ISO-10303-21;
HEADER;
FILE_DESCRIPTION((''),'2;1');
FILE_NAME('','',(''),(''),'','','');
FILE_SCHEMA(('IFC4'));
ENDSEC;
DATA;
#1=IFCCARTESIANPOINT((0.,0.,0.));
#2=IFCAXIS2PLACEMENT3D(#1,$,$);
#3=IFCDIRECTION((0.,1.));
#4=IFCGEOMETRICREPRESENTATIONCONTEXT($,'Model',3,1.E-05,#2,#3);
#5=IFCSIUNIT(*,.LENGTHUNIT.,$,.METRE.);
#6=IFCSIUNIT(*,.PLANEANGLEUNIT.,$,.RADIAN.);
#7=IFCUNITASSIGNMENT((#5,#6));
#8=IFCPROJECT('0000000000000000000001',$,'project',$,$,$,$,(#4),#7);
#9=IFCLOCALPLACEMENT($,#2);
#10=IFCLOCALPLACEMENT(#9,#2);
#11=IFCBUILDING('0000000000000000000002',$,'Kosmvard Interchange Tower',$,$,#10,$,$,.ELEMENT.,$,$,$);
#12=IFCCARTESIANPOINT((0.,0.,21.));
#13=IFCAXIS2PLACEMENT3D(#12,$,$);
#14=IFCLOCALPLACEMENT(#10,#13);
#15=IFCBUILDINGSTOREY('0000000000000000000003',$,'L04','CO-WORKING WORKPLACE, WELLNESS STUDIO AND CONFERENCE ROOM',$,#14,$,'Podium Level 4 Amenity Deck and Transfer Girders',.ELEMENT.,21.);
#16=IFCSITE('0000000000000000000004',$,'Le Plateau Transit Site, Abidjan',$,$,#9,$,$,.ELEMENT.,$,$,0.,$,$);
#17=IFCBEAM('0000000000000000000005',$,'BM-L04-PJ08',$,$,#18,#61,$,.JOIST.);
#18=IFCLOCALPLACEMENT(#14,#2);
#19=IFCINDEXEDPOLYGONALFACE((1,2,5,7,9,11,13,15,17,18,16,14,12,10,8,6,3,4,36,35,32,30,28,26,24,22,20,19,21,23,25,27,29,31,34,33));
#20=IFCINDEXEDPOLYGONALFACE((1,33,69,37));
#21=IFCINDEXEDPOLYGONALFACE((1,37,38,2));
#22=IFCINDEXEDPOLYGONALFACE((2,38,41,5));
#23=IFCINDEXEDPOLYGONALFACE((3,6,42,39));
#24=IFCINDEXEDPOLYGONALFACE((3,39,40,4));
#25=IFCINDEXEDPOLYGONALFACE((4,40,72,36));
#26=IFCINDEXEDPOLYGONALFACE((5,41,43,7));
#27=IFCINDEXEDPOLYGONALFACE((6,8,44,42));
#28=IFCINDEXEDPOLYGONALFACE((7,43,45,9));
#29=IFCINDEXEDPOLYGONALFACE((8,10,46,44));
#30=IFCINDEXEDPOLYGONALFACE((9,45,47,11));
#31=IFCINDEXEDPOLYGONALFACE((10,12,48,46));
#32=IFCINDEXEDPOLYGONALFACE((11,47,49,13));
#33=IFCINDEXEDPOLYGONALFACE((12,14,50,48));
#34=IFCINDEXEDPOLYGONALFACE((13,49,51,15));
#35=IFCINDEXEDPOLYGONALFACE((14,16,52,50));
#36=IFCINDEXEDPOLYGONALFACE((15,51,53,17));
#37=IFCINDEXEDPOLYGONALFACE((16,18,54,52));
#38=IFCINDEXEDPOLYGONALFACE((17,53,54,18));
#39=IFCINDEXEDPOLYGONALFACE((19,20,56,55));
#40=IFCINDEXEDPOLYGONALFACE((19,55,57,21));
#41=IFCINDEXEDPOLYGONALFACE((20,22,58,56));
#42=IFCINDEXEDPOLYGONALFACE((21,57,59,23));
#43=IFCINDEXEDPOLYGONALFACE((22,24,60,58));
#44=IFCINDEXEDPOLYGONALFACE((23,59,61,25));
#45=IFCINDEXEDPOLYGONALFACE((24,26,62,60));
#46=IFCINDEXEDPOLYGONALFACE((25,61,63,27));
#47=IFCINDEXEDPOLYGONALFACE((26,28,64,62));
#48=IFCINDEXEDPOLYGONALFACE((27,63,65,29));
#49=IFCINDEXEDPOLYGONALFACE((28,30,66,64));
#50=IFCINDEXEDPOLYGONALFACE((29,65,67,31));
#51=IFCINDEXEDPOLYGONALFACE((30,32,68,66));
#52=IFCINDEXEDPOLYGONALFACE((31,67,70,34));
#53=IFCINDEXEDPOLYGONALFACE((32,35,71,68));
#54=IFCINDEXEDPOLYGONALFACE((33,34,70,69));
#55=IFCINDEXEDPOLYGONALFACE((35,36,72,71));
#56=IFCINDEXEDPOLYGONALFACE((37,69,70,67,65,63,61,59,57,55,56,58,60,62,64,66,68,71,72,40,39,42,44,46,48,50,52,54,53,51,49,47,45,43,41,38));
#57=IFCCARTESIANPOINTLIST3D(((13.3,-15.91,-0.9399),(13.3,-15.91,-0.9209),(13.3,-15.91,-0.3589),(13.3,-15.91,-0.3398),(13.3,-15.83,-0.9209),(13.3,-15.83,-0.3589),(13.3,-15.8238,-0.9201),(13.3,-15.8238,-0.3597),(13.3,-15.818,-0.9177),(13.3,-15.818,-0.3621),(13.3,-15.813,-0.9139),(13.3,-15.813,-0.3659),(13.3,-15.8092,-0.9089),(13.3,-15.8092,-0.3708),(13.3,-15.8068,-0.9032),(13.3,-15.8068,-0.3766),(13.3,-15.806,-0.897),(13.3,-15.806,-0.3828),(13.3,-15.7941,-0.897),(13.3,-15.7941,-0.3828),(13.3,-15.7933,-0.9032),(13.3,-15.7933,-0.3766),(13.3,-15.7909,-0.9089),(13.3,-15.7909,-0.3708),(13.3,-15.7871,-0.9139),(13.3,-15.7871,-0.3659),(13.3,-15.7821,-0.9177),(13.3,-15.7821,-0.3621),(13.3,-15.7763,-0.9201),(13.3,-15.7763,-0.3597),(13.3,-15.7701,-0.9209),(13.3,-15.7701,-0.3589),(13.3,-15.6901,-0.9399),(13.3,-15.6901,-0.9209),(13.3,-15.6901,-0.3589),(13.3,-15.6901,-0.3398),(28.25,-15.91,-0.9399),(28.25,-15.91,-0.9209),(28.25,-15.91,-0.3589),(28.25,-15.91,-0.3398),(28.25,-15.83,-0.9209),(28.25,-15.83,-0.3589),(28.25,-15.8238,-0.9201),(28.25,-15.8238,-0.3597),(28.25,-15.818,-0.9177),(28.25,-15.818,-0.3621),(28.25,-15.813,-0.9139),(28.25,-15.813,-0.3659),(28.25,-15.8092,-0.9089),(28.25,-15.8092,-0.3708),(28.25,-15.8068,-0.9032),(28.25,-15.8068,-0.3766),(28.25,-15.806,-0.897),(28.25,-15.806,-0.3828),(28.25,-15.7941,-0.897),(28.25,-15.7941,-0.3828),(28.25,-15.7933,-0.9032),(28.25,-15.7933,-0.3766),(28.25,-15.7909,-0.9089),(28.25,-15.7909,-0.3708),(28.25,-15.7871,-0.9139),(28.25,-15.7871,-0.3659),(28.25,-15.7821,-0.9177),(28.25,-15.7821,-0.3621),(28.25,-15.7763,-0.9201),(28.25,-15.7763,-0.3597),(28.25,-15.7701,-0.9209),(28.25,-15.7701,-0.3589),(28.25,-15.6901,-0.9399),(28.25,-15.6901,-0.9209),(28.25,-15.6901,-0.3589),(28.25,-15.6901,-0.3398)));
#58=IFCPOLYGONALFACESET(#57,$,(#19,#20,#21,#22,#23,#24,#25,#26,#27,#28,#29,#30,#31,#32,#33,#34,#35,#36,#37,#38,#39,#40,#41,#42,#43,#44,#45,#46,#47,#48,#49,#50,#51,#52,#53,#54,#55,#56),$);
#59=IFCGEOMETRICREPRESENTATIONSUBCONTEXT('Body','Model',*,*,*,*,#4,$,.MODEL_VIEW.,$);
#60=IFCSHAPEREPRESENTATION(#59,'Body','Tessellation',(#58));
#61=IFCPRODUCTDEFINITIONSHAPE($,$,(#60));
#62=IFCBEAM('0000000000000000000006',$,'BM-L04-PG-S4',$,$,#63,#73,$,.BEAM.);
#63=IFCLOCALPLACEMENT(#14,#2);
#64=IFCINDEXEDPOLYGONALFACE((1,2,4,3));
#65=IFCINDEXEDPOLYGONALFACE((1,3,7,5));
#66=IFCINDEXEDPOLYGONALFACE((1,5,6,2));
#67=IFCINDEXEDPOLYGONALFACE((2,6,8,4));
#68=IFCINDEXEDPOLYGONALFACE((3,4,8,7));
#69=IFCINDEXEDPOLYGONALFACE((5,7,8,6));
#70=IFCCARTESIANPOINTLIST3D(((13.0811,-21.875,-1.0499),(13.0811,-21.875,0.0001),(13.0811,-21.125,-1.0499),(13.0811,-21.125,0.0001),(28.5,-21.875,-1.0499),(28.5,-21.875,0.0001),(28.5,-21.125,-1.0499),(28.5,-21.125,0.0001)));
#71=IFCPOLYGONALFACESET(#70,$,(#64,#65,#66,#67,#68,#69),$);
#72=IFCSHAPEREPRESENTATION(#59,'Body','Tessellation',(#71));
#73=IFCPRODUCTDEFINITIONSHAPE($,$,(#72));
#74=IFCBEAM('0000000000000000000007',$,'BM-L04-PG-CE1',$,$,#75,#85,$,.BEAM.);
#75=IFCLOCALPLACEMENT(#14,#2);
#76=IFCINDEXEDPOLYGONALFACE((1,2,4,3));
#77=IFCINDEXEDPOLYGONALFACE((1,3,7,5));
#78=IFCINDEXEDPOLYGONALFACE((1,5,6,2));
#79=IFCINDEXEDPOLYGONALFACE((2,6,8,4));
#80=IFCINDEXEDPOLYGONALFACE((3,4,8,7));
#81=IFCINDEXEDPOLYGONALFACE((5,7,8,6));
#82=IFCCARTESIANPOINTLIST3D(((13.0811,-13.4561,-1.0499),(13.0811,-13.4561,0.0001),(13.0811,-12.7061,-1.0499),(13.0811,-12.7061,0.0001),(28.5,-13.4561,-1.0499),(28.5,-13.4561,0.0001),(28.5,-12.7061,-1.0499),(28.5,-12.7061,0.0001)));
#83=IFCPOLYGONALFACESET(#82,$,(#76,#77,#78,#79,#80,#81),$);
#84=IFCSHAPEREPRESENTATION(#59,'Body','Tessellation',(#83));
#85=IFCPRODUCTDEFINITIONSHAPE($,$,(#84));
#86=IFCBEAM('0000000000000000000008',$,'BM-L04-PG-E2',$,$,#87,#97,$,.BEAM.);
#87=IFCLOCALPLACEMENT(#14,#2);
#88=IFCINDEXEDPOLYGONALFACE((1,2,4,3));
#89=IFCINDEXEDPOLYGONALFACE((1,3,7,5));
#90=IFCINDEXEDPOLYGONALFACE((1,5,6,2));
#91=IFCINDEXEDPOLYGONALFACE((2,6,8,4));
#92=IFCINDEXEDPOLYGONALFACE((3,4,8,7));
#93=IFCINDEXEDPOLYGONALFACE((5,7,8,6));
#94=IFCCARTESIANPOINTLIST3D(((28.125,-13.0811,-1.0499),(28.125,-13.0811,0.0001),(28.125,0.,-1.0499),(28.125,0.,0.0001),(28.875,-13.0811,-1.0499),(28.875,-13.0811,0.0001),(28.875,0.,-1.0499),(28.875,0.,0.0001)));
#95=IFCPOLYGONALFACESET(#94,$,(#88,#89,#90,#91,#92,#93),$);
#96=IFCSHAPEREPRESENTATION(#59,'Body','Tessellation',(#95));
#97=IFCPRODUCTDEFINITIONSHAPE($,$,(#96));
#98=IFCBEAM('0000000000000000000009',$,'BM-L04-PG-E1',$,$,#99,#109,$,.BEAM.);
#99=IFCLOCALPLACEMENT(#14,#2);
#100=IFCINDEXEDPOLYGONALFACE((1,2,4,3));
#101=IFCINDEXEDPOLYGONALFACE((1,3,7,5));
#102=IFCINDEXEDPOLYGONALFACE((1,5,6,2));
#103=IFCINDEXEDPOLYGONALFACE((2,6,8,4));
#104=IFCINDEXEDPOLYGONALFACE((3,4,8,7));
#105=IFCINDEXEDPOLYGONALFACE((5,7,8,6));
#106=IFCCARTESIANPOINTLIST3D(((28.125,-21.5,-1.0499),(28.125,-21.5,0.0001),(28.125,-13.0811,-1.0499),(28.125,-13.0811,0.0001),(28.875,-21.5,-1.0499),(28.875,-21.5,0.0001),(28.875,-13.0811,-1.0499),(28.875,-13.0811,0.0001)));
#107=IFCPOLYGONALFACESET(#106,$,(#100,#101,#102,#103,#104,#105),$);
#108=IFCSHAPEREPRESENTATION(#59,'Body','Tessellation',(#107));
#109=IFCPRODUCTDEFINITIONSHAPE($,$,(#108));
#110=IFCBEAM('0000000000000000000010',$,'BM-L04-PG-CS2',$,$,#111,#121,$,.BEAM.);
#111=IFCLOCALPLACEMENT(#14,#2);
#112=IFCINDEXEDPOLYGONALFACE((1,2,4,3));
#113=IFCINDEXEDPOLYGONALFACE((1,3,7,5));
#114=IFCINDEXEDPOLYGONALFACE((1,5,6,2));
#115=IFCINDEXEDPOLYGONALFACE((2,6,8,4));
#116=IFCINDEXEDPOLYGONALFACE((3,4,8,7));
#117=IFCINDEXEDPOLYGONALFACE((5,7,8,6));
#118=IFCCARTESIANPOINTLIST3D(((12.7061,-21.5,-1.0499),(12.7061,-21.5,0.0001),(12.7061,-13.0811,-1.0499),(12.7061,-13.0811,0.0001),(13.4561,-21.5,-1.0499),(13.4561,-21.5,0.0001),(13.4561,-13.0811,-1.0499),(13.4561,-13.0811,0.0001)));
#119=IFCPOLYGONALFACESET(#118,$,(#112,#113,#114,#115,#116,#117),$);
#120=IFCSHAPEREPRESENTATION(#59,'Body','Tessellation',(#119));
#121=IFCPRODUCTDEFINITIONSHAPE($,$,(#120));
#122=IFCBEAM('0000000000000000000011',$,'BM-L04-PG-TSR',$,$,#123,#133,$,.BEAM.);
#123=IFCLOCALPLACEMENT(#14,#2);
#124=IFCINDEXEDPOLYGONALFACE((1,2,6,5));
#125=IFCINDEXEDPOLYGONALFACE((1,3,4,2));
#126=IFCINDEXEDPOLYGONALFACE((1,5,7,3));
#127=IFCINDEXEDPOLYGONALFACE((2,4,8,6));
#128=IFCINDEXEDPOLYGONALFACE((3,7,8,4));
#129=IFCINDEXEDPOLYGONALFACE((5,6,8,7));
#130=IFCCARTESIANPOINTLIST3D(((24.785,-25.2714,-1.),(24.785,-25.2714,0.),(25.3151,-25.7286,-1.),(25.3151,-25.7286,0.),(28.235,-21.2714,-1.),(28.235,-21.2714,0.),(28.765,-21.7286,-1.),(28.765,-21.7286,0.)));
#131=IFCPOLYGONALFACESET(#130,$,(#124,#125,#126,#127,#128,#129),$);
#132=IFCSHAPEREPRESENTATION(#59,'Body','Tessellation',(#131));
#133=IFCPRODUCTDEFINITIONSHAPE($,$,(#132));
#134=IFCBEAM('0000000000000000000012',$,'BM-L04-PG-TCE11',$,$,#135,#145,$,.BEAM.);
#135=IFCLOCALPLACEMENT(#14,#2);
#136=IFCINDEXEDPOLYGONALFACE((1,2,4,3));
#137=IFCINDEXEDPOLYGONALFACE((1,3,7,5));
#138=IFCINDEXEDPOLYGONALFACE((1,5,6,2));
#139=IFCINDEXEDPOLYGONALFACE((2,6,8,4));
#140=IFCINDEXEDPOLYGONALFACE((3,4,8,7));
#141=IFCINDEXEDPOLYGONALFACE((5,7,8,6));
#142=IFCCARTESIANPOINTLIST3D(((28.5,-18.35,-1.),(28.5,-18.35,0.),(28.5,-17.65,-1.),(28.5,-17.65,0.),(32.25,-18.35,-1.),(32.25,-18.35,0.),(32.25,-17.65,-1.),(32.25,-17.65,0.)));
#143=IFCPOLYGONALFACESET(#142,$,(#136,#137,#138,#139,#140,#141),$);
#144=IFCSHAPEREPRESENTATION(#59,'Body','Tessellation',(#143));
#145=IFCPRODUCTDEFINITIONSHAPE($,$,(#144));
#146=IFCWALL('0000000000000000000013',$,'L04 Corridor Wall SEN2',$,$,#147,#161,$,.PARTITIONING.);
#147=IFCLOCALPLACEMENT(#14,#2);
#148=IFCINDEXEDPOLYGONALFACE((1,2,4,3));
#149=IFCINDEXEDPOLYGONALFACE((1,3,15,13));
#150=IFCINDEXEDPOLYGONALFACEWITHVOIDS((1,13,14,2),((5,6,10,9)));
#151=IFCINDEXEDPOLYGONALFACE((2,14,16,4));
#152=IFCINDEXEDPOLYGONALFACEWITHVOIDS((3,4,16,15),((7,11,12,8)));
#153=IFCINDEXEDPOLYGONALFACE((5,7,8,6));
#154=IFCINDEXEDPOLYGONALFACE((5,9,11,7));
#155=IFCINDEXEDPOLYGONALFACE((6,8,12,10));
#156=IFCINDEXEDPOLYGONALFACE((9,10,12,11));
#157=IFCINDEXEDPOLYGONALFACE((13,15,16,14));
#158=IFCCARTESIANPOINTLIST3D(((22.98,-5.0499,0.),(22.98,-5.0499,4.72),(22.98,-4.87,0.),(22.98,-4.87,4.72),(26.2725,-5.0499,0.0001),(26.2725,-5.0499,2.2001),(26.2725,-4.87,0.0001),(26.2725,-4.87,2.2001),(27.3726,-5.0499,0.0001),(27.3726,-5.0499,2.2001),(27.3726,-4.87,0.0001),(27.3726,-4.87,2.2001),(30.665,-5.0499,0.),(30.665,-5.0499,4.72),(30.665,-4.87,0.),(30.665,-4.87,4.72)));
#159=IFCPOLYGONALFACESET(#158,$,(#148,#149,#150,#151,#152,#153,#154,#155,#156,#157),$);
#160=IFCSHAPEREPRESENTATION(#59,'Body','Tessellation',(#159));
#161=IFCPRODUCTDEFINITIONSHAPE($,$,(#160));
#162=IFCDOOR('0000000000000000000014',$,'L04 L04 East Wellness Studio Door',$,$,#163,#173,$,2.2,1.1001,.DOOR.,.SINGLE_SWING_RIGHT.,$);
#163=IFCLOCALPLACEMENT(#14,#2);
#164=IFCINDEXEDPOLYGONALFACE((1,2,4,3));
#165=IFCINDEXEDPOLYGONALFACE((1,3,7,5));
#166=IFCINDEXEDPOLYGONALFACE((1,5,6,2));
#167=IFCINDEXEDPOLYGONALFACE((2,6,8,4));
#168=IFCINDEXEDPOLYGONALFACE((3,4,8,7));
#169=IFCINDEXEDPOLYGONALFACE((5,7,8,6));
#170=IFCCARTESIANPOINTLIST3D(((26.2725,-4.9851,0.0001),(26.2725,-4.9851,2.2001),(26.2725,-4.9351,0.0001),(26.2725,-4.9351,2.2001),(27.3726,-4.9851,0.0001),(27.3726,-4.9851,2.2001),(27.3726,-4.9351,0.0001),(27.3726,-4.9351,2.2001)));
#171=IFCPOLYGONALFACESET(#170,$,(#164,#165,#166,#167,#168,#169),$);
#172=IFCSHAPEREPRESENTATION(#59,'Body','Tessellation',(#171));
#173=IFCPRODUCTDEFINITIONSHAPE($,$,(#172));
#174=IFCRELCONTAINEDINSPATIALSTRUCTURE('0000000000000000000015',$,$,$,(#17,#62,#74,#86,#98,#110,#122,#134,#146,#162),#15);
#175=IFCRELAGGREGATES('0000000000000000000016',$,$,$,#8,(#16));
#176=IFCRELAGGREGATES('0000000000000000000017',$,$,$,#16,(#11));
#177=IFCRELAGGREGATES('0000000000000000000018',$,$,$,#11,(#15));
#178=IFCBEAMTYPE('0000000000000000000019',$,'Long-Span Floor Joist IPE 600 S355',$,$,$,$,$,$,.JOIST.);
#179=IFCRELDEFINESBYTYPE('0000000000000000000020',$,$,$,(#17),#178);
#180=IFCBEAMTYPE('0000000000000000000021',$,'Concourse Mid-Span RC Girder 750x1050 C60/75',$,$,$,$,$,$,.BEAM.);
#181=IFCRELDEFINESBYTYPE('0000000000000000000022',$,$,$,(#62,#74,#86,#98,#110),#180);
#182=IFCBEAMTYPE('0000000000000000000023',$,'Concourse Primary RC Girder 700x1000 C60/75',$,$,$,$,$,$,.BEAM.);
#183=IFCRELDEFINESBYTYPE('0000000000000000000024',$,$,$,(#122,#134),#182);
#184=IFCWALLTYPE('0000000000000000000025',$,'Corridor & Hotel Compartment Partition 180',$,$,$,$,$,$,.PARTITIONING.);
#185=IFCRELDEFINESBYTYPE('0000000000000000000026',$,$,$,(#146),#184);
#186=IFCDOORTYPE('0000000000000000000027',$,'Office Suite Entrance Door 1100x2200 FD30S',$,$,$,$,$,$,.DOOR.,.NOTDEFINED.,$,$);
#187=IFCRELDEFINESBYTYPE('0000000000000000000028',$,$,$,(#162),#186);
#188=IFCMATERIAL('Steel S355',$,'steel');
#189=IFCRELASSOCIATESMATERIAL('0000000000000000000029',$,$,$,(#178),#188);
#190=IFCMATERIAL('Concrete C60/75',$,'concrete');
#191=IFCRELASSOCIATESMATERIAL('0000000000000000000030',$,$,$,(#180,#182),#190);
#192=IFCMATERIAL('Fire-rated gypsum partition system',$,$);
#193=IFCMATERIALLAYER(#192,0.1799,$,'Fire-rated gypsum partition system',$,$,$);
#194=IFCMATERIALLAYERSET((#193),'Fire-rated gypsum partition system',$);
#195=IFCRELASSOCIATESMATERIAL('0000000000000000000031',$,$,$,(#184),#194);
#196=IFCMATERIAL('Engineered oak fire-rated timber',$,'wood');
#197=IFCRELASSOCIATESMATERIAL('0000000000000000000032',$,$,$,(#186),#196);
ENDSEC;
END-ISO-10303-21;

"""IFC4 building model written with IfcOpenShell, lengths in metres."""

from ifc_helpers import new_model, si_unit, direction, frame, frame_2d, origin, origin_2d, place, context, subcontext, project, spatial, rectangle, i_section, extrude, source, transform, mapped, material, layer, layer_set, material_profile, profile_set, type_object, element, fill, save


model = new_model("IFC4")

# Units and contexts
model_context = context("Model", 3, precision=1e-05, world=origin(), true_north=direction((0.0, 1.0)))
body_context = subcontext(model_context, "Body", "Model", "MODEL_VIEW")
ifc_project = project(units=[si_unit("LENGTHUNIT", "METRE"), si_unit("PLANEANGLEUNIT", "RADIAN")], contexts=[model_context])

# Site, building, storey
site_placement = place(None, origin())
site = spatial("IfcSite", under=ifc_project, at=site_placement, Name="Le Plateau Transit Site, Abidjan", CompositionType="ELEMENT", RefElevation=0.0)
building_placement = place(site_placement, origin())
building = spatial("IfcBuilding", under=site, at=building_placement, Name="Kosmvard Interchange Tower", CompositionType="ELEMENT")
storey_placement = place(building_placement, frame((0.0, 0.0, 21.0)))
storey = spatial("IfcBuildingStorey", under=building, at=storey_placement, Name="L04", Description="CO-WORKING WORKPLACE, WELLNESS STUDIO AND CONFERENCE ROOM", LongName="Podium Level 4 Amenity Deck and Transfer Girders", CompositionType="ELEMENT", Elevation=21.0)

# Shared definitions
ifc_material_1 = material(Name="Concrete C60/75", Category="concrete")

# Beams
ifc_material_2 = material(Name="Steel S355", Category="steel")
ifc_material_profile_1 = material_profile(ifc_material_2, i_section(OverallWidth=0.22, OverallDepth=0.6001, WebThickness=0.012, FlangeThickness=0.019, FilletRadius=0.0239, at=origin_2d()), Name="IPE 600")
ifc_profile_set_1 = profile_set([ifc_material_profile_1], Name="Steel S355")
beam_type_1 = type_object("IfcBeamType", Name="Long-Span Floor Joist IPE 600 S355", PredefinedType="JOIST", material=ifc_profile_set_1)
shared_shape_1 = source(origin(), body_context, "Body", "SweptSolid", [
    extrude(i_section(OverallWidth=0.22, OverallDepth=0.6001, WebThickness=0.012, FlangeThickness=0.019, FilletRadius=0.0239, at=origin_2d()), origin(), (0.0, 0.0, 1.0), 14.95),
])
for number, where, z_axis, x_axis, name in (
    (1, (13.3, -15.8, -0.6399), (1.0, 0.0, 0.0), (0.0, 1.0, 0.0), "BM-L04-PJ08"),
):
    element("IfcBeam", number, at=place(storey_placement, frame(where, z_axis=z_axis, x_axis=x_axis)), inside=storey, type_object=beam_type_1, Name=name, PredefinedType="JOIST", context=body_context, shape_type="MappedRepresentation", body=[
        mapped(shared_shape_1, transform((0.0, 0.0, 0.0), scale=1.0)),
    ])
ifc_material_profile_2 = material_profile(ifc_material_1, rectangle(XDim=0.75, YDim=1.05, at=origin_2d()), Name="RCG 750x1050")
ifc_profile_set_2 = profile_set([ifc_material_profile_2], Name="Concrete C60/75")
beam_type_2 = type_object("IfcBeamType", Name="Concourse Mid-Span RC Girder 750x1050 C60/75", PredefinedType="BEAM", material=ifc_profile_set_2)
shared_shape_2 = source(origin(), body_context, "Body", "SweptSolid", [
    extrude(rectangle(XDim=0.75, YDim=1.05, at=origin_2d()), origin(), (0.0, 0.0, 1.0), 15.4189),
])
for number, where, z_axis, x_axis, name in (
    (2, (13.0811, -21.5, -0.5249), (1.0, 0.0, 0.0), (0.0, 1.0, 0.0), "BM-L04-PG-S4"),
    (3, (28.5, -13.0811, -0.5249), (-1.0, 0.0, 0.0), (0.0, -1.0, 0.0), "BM-L04-PG-CE1"),
):
    element("IfcBeam", number, at=place(storey_placement, frame(where, z_axis=z_axis, x_axis=x_axis)), inside=storey, type_object=beam_type_2, Name=name, PredefinedType="BEAM", context=body_context, shape_type="MappedRepresentation", body=[
        mapped(shared_shape_2, transform((0.0, 0.0, 0.0), scale=1.0)),
    ])
shared_shape_3 = source(origin(), body_context, "Body", "SweptSolid", [
    extrude(rectangle(XDim=0.75, YDim=1.05, at=origin_2d()), origin(), (0.0, 0.0, 1.0), 13.0811),
])
beam_1_placement = place(storey_placement, frame((28.5, -13.0811, -0.5249), z_axis=(0.0, 1.0, 0.0), x_axis=(-1.0, 0.0, 0.0)))
element("IfcBeam", 4, at=beam_1_placement, inside=storey, type_object=beam_type_2, Name="BM-L04-PG-E2", PredefinedType="BEAM", context=body_context, shape_type="MappedRepresentation", body=[
    mapped(shared_shape_3, transform((0.0, 0.0, 0.0), scale=1.0)),
])
shared_shape_4 = source(origin(), body_context, "Body", "SweptSolid", [
    extrude(rectangle(XDim=0.75, YDim=1.05, at=origin_2d()), origin(), (0.0, 0.0, 1.0), 8.4189),
])
for number, where, z_axis, x_axis, name in (
    (5, (28.5, -21.5, -0.5249), (0.0, 1.0, 0.0), (-1.0, 0.0, 0.0), "BM-L04-PG-E1"),
    (6, (13.0811, -21.5, -0.5249), (0.0, 1.0, 0.0), (-1.0, 0.0, 0.0), "BM-L04-PG-CS2"),
):
    element("IfcBeam", number, at=place(storey_placement, frame(where, z_axis=z_axis, x_axis=x_axis)), inside=storey, type_object=beam_type_2, Name=name, PredefinedType="BEAM", context=body_context, shape_type="MappedRepresentation", body=[
        mapped(shared_shape_4, transform((0.0, 0.0, 0.0), scale=1.0)),
    ])
ifc_material_profile_3 = material_profile(ifc_material_1, rectangle(XDim=0.7, YDim=1.0, at=origin_2d()), Name="RCG 700x1000")
ifc_profile_set_3 = profile_set([ifc_material_profile_3], Name="Concrete C60/75")
beam_type_3 = type_object("IfcBeamType", Name="Concourse Primary RC Girder 700x1000 C60/75", PredefinedType="BEAM", material=ifc_profile_set_3)
shared_shape_5 = source(origin(), body_context, "Body", "SweptSolid", [
    extrude(rectangle(XDim=0.7, YDim=1.0, at=origin_2d()), origin(), (0.0, 0.0, 1.0), 5.2822),
])
beam_2_placement = place(storey_placement, frame((25.05, -25.5, -0.5), z_axis=(0.653122, 0.757253, 0.0), x_axis=(-0.757253, 0.653122, 0.0)))
element("IfcBeam", 7, at=beam_2_placement, inside=storey, type_object=beam_type_3, Name="BM-L04-PG-TSR", PredefinedType="BEAM", context=body_context, shape_type="MappedRepresentation", body=[
    mapped(shared_shape_5, transform((0.0, 0.0, 0.0), scale=1.0)),
])
shared_shape_6 = source(origin(), body_context, "Body", "SweptSolid", [
    extrude(rectangle(XDim=0.7, YDim=1.0, at=origin_2d()), origin(), (0.0, 0.0, 1.0), 3.75),
])
beam_3_placement = place(storey_placement, frame((28.5, -18.0, -0.5), z_axis=(1.0, 0.0, 0.0), x_axis=(0.0, 1.0, 0.0)))
element("IfcBeam", 8, at=beam_3_placement, inside=storey, type_object=beam_type_3, Name="BM-L04-PG-TCE11", PredefinedType="BEAM", context=body_context, shape_type="MappedRepresentation", body=[
    mapped(shared_shape_6, transform((0.0, 0.0, 0.0), scale=1.0)),
])

# Wall, opening, door
ifc_material_3 = material(Name="Fire-rated gypsum partition system")
ifc_layer_1 = layer(ifc_material_3, 0.1799, Name="Fire-rated gypsum partition system")
ifc_layer_set_1 = layer_set([ifc_layer_1], Name="Fire-rated gypsum partition system")
wall_type_1 = type_object("IfcWallType", Name="Corridor & Hotel Compartment Partition 180", PredefinedType="PARTITIONING", material=ifc_layer_set_1)
wall_1_placement = place(storey_placement, frame((22.98, -4.96, 0.0), z_axis=(0.0, 0.0, 1.0), x_axis=(1.0, 0.0, 0.0)))
wall_1 = element("IfcWall", 9, at=wall_1_placement, inside=storey, type_object=wall_type_1, Name="L04 Corridor Wall SEN2", PredefinedType="PARTITIONING", context=body_context, shape_type="SweptSolid", body=[
    extrude(rectangle(XDim=7.6851, YDim=0.1799, at=frame_2d((3.8425, 0.0))), origin(), (0.0, 0.0, 1.0), 4.72),
])
opening_1_placement = place(wall_1_placement, frame((3.2925, 0.0, 0.0)))
opening_1 = element("IfcOpeningElement", 10, at=opening_1_placement, cuts=wall_1, PredefinedType="OPENING", context=body_context, shape_type="SweptSolid", body=[
    extrude(rectangle(XDim=1.1001, YDim=2.2, at=frame_2d((0.55, 1.1001))), frame((0.0, 0.1001, 0.0), z_axis=(0.0, -1.0, 0.0), x_axis=(1.0, 0.0, 0.0)), (0.0, 0.0, 1.0), 0.2),
])
ifc_material_4 = material(Name="Engineered oak fire-rated timber", Category="wood")
door_type_1 = type_object("IfcDoorType", Name="Office Suite Entrance Door 1100x2200 FD30S", OperationType="NOTDEFINED", PredefinedType="DOOR", material=ifc_material_4)
shared_shape_7 = source(origin(), body_context, "Body", "SweptSolid", [
    extrude(rectangle(XDim=1.1001, YDim=2.2, at=frame_2d((0.55, 1.1001))), frame((0.0, 0.0249, 0.0), z_axis=(0.0, -1.0, 0.0), x_axis=(1.0, 0.0, 0.0)), (0.0, 0.0, 1.0), 0.05),
])
door_1_placement = place(opening_1_placement, origin())
door_1 = element("IfcDoor", 11, at=door_1_placement, inside=storey, type_object=door_type_1, Name="L04 L04 East Wellness Studio Door", OperationType="SINGLE_SWING_RIGHT", OverallHeight=2.2, OverallWidth=1.1001, PredefinedType="DOOR", context=body_context, shape_type="MappedRepresentation", body=[
    mapped(shared_shape_7, transform((0.0, 0.0, 0.0), scale=1.0)),
])
fill(opening_1, door_1)

save(model, "model.ifc")
